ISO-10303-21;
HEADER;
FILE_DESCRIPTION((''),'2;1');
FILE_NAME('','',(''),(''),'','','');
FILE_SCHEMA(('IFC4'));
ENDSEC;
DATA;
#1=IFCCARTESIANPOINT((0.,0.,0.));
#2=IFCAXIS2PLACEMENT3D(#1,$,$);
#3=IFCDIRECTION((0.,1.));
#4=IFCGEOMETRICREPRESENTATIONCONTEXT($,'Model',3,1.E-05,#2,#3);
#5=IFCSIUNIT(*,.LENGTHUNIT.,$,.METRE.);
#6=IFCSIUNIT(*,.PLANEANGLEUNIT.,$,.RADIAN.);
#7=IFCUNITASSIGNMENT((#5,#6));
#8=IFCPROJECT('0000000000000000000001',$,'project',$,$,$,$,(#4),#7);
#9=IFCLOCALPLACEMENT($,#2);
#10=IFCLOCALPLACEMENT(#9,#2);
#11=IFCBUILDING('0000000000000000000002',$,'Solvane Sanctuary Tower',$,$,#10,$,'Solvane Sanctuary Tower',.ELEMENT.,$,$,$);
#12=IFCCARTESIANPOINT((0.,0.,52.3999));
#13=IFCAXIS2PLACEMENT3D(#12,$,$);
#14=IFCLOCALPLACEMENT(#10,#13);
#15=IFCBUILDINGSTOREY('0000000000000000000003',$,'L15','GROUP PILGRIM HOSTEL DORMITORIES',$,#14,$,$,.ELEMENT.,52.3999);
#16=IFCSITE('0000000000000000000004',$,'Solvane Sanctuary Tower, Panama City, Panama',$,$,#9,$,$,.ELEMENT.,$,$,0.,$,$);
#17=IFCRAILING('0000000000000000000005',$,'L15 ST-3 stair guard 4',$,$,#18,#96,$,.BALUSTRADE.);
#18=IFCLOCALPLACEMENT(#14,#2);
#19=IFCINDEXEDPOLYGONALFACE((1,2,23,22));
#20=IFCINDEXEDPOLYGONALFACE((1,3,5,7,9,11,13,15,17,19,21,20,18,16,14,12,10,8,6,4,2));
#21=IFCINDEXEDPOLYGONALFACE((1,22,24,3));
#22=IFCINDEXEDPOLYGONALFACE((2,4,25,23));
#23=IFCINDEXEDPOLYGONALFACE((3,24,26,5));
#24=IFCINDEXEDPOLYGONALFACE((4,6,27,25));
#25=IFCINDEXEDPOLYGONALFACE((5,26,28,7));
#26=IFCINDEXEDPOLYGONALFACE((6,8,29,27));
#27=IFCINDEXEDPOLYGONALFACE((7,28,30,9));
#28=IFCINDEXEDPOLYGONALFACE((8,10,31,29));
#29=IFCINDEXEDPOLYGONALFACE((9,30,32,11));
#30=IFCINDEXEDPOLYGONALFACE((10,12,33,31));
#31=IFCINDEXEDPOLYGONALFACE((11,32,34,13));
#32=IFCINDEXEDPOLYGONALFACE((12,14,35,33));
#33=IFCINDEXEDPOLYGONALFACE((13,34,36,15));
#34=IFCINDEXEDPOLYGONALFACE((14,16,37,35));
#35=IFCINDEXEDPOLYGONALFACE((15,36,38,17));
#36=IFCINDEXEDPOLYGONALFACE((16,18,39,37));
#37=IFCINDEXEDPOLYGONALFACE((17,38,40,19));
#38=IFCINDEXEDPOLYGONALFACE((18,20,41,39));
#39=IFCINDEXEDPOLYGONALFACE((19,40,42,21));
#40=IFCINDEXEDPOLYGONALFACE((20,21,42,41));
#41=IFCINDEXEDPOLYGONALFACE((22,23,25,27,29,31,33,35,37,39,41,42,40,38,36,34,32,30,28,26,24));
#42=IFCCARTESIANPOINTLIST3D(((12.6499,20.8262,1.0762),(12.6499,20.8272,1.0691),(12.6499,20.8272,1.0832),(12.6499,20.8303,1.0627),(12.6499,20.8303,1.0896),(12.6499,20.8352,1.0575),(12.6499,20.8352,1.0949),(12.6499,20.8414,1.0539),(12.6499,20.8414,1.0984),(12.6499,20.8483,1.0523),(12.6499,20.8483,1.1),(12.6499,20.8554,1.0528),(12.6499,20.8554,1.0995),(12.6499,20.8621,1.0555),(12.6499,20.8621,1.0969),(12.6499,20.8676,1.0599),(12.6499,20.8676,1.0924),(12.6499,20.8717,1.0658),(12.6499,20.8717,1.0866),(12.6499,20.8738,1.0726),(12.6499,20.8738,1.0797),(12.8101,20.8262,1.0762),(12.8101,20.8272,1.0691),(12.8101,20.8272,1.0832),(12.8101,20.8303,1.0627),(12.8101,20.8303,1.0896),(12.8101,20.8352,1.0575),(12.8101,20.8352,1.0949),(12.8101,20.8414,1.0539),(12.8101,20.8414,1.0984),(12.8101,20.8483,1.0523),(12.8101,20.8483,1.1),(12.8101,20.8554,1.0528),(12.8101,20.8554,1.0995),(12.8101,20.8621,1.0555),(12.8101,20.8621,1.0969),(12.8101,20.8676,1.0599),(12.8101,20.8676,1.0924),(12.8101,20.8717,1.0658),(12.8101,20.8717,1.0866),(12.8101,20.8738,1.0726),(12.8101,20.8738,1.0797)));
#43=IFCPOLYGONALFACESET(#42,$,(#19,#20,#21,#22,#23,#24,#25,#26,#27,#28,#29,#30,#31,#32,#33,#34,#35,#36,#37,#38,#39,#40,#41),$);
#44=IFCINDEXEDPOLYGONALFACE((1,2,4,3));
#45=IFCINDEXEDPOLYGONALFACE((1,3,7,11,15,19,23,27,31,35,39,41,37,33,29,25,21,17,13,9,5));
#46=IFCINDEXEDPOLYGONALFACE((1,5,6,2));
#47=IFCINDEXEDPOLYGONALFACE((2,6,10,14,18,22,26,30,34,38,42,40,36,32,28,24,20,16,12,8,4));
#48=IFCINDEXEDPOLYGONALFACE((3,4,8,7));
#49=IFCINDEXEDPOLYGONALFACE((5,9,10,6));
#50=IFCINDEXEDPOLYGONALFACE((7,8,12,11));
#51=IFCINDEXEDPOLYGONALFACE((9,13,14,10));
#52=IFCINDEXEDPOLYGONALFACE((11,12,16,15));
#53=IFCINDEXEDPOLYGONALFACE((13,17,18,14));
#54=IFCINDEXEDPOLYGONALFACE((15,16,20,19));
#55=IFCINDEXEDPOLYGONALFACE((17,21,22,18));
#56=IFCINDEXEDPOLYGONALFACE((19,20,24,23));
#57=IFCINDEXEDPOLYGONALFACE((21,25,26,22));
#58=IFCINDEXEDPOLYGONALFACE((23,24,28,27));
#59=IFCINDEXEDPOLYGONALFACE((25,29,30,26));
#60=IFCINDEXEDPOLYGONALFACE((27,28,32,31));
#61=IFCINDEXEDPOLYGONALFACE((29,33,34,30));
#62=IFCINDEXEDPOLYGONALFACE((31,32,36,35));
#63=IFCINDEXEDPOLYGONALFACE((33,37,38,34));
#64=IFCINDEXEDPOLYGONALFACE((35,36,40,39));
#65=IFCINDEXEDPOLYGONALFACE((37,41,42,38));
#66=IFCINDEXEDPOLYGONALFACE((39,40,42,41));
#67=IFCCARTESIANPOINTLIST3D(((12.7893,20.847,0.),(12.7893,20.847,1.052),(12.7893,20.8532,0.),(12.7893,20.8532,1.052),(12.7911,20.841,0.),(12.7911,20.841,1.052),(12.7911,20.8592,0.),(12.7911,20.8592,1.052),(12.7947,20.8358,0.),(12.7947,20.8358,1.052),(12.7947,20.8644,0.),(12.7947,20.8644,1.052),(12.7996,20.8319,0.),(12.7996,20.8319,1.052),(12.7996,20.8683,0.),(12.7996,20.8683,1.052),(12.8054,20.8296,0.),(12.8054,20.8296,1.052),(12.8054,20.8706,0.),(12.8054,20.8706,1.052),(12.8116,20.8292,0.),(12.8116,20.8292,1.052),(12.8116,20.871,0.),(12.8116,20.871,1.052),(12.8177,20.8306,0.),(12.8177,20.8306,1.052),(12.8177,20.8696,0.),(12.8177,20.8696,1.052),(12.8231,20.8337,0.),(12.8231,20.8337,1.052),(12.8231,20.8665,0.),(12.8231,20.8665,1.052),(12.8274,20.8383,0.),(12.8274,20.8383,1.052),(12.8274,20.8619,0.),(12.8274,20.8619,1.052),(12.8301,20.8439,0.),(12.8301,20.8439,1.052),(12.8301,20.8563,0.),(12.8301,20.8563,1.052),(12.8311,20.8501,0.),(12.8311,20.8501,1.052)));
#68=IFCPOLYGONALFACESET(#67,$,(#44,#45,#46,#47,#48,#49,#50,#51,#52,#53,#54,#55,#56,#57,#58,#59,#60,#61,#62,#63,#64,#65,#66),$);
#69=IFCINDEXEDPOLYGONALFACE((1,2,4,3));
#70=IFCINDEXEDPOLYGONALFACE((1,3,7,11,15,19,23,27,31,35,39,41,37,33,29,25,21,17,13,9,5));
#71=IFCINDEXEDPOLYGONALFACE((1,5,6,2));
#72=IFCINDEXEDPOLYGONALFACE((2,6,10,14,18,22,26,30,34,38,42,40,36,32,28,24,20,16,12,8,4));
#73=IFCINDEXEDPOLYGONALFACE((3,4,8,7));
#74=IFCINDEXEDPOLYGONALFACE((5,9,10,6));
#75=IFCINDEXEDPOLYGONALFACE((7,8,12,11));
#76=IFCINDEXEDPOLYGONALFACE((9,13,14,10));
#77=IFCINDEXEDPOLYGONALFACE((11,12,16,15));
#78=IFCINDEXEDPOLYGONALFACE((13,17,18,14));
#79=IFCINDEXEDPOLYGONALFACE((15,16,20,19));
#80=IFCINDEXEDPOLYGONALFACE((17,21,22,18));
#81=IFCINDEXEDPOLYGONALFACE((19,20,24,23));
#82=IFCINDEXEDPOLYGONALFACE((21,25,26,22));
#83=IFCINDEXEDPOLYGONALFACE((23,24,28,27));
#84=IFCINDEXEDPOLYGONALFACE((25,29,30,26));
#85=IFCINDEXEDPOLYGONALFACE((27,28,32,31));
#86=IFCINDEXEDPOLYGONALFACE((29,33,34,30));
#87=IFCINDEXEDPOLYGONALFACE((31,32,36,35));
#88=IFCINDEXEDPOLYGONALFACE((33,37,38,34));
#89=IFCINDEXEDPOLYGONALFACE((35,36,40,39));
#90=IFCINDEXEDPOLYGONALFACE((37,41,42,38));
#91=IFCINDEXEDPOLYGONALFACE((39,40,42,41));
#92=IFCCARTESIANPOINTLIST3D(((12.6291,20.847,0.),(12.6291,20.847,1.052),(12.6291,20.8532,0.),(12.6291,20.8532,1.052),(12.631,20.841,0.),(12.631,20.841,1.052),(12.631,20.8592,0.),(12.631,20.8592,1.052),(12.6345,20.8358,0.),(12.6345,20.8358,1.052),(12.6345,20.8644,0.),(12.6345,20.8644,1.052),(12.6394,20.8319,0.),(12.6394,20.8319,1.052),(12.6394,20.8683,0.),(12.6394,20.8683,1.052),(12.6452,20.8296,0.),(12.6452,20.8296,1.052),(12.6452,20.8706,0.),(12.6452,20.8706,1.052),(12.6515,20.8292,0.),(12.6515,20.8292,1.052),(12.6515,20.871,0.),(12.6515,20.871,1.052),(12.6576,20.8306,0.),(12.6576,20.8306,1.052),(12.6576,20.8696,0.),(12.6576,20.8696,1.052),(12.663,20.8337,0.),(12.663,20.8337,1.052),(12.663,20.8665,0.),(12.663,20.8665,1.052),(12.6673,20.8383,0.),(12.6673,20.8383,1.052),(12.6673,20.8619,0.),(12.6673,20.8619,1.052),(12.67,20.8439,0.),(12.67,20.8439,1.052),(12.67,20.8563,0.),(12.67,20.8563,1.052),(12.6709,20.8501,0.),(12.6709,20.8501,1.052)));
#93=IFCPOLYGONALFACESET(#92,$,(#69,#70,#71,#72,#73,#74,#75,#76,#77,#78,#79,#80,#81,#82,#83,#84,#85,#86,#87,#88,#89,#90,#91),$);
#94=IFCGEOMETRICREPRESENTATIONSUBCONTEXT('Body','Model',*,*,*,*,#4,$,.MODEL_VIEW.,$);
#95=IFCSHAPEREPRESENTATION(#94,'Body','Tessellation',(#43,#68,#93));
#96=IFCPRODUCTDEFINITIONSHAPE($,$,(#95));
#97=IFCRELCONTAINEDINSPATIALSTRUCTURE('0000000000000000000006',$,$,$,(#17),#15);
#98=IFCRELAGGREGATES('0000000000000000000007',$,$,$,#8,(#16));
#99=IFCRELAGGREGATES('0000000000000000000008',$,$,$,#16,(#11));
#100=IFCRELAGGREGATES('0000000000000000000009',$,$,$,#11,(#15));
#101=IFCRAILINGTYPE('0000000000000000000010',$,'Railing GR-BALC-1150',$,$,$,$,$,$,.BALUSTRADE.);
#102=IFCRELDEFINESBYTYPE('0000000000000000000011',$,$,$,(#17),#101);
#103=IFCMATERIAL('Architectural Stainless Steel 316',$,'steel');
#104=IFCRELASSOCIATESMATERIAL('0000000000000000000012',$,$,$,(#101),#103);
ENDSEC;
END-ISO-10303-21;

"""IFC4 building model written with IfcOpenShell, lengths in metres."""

from ifc_helpers import new_model, si_unit, direction, frame, origin, origin_2d, place, context, subcontext, project, spatial, circle, extrude, material, type_object, element, save


model = new_model("IFC4")

# Units and contexts
model_context = context("Model", 3, precision=1e-05, world=origin(), true_north=direction((0.0, 1.0)))
body_context = subcontext(model_context, "Body", "Model", "MODEL_VIEW")
ifc_project = project(units=[si_unit("LENGTHUNIT", "METRE"), si_unit("PLANEANGLEUNIT", "RADIAN")], contexts=[model_context])

# Site, building, storey
site_placement = place(None, origin())
site = spatial("IfcSite", under=ifc_project, at=site_placement, Name="Solvane Sanctuary Tower, Panama City, Panama", CompositionType="ELEMENT", RefElevation=0.0)
building_placement = place(site_placement, origin())
building = spatial("IfcBuilding", under=site, at=building_placement, Name="Solvane Sanctuary Tower", LongName="Solvane Sanctuary Tower", CompositionType="ELEMENT")
storey_placement = place(building_placement, frame((0.0, 0.0, 52.3999)))
storey = spatial("IfcBuildingStorey", under=building, at=storey_placement, Name="L15", Description="GROUP PILGRIM HOSTEL DORMITORIES", CompositionType="ELEMENT", Elevation=52.3999)

# Shared definitions
ifc_material_1 = material(Name="Architectural Stainless Steel 316", Category="steel")

# Railing
railing_type_1 = type_object("IfcRailingType", Name="Railing GR-BALC-1150", PredefinedType="BALUSTRADE", material=ifc_material_1)
railing_1_placement = place(storey_placement, frame((12.8101, 20.8501, 0.0)))
element("IfcRailing", 1, at=railing_1_placement, inside=storey, type_object=railing_type_1, Name="L15 ST-3 stair guard 4", PredefinedType="BALUSTRADE", context=body_context, shape_type="SweptSolid", body=[
    extrude(circle(Radius=0.0239, at=origin_2d()), frame((0.0, 0.0, 1.0762), z_axis=(-1.0, 0.0, 0.0), x_axis=(0.0, -1.0, 0.0)), (0.0, 0.0, 1.0), 0.1602),
    extrude(circle(Radius=0.021, at=origin_2d()), origin(), (0.0, 0.0, 1.0), 1.052),
    extrude(circle(Radius=0.021, at=origin_2d()), frame((-0.1602, 0.0, 0.0)), (0.0, 0.0, 1.0), 1.052),
])

save(model, "model.ifc")
